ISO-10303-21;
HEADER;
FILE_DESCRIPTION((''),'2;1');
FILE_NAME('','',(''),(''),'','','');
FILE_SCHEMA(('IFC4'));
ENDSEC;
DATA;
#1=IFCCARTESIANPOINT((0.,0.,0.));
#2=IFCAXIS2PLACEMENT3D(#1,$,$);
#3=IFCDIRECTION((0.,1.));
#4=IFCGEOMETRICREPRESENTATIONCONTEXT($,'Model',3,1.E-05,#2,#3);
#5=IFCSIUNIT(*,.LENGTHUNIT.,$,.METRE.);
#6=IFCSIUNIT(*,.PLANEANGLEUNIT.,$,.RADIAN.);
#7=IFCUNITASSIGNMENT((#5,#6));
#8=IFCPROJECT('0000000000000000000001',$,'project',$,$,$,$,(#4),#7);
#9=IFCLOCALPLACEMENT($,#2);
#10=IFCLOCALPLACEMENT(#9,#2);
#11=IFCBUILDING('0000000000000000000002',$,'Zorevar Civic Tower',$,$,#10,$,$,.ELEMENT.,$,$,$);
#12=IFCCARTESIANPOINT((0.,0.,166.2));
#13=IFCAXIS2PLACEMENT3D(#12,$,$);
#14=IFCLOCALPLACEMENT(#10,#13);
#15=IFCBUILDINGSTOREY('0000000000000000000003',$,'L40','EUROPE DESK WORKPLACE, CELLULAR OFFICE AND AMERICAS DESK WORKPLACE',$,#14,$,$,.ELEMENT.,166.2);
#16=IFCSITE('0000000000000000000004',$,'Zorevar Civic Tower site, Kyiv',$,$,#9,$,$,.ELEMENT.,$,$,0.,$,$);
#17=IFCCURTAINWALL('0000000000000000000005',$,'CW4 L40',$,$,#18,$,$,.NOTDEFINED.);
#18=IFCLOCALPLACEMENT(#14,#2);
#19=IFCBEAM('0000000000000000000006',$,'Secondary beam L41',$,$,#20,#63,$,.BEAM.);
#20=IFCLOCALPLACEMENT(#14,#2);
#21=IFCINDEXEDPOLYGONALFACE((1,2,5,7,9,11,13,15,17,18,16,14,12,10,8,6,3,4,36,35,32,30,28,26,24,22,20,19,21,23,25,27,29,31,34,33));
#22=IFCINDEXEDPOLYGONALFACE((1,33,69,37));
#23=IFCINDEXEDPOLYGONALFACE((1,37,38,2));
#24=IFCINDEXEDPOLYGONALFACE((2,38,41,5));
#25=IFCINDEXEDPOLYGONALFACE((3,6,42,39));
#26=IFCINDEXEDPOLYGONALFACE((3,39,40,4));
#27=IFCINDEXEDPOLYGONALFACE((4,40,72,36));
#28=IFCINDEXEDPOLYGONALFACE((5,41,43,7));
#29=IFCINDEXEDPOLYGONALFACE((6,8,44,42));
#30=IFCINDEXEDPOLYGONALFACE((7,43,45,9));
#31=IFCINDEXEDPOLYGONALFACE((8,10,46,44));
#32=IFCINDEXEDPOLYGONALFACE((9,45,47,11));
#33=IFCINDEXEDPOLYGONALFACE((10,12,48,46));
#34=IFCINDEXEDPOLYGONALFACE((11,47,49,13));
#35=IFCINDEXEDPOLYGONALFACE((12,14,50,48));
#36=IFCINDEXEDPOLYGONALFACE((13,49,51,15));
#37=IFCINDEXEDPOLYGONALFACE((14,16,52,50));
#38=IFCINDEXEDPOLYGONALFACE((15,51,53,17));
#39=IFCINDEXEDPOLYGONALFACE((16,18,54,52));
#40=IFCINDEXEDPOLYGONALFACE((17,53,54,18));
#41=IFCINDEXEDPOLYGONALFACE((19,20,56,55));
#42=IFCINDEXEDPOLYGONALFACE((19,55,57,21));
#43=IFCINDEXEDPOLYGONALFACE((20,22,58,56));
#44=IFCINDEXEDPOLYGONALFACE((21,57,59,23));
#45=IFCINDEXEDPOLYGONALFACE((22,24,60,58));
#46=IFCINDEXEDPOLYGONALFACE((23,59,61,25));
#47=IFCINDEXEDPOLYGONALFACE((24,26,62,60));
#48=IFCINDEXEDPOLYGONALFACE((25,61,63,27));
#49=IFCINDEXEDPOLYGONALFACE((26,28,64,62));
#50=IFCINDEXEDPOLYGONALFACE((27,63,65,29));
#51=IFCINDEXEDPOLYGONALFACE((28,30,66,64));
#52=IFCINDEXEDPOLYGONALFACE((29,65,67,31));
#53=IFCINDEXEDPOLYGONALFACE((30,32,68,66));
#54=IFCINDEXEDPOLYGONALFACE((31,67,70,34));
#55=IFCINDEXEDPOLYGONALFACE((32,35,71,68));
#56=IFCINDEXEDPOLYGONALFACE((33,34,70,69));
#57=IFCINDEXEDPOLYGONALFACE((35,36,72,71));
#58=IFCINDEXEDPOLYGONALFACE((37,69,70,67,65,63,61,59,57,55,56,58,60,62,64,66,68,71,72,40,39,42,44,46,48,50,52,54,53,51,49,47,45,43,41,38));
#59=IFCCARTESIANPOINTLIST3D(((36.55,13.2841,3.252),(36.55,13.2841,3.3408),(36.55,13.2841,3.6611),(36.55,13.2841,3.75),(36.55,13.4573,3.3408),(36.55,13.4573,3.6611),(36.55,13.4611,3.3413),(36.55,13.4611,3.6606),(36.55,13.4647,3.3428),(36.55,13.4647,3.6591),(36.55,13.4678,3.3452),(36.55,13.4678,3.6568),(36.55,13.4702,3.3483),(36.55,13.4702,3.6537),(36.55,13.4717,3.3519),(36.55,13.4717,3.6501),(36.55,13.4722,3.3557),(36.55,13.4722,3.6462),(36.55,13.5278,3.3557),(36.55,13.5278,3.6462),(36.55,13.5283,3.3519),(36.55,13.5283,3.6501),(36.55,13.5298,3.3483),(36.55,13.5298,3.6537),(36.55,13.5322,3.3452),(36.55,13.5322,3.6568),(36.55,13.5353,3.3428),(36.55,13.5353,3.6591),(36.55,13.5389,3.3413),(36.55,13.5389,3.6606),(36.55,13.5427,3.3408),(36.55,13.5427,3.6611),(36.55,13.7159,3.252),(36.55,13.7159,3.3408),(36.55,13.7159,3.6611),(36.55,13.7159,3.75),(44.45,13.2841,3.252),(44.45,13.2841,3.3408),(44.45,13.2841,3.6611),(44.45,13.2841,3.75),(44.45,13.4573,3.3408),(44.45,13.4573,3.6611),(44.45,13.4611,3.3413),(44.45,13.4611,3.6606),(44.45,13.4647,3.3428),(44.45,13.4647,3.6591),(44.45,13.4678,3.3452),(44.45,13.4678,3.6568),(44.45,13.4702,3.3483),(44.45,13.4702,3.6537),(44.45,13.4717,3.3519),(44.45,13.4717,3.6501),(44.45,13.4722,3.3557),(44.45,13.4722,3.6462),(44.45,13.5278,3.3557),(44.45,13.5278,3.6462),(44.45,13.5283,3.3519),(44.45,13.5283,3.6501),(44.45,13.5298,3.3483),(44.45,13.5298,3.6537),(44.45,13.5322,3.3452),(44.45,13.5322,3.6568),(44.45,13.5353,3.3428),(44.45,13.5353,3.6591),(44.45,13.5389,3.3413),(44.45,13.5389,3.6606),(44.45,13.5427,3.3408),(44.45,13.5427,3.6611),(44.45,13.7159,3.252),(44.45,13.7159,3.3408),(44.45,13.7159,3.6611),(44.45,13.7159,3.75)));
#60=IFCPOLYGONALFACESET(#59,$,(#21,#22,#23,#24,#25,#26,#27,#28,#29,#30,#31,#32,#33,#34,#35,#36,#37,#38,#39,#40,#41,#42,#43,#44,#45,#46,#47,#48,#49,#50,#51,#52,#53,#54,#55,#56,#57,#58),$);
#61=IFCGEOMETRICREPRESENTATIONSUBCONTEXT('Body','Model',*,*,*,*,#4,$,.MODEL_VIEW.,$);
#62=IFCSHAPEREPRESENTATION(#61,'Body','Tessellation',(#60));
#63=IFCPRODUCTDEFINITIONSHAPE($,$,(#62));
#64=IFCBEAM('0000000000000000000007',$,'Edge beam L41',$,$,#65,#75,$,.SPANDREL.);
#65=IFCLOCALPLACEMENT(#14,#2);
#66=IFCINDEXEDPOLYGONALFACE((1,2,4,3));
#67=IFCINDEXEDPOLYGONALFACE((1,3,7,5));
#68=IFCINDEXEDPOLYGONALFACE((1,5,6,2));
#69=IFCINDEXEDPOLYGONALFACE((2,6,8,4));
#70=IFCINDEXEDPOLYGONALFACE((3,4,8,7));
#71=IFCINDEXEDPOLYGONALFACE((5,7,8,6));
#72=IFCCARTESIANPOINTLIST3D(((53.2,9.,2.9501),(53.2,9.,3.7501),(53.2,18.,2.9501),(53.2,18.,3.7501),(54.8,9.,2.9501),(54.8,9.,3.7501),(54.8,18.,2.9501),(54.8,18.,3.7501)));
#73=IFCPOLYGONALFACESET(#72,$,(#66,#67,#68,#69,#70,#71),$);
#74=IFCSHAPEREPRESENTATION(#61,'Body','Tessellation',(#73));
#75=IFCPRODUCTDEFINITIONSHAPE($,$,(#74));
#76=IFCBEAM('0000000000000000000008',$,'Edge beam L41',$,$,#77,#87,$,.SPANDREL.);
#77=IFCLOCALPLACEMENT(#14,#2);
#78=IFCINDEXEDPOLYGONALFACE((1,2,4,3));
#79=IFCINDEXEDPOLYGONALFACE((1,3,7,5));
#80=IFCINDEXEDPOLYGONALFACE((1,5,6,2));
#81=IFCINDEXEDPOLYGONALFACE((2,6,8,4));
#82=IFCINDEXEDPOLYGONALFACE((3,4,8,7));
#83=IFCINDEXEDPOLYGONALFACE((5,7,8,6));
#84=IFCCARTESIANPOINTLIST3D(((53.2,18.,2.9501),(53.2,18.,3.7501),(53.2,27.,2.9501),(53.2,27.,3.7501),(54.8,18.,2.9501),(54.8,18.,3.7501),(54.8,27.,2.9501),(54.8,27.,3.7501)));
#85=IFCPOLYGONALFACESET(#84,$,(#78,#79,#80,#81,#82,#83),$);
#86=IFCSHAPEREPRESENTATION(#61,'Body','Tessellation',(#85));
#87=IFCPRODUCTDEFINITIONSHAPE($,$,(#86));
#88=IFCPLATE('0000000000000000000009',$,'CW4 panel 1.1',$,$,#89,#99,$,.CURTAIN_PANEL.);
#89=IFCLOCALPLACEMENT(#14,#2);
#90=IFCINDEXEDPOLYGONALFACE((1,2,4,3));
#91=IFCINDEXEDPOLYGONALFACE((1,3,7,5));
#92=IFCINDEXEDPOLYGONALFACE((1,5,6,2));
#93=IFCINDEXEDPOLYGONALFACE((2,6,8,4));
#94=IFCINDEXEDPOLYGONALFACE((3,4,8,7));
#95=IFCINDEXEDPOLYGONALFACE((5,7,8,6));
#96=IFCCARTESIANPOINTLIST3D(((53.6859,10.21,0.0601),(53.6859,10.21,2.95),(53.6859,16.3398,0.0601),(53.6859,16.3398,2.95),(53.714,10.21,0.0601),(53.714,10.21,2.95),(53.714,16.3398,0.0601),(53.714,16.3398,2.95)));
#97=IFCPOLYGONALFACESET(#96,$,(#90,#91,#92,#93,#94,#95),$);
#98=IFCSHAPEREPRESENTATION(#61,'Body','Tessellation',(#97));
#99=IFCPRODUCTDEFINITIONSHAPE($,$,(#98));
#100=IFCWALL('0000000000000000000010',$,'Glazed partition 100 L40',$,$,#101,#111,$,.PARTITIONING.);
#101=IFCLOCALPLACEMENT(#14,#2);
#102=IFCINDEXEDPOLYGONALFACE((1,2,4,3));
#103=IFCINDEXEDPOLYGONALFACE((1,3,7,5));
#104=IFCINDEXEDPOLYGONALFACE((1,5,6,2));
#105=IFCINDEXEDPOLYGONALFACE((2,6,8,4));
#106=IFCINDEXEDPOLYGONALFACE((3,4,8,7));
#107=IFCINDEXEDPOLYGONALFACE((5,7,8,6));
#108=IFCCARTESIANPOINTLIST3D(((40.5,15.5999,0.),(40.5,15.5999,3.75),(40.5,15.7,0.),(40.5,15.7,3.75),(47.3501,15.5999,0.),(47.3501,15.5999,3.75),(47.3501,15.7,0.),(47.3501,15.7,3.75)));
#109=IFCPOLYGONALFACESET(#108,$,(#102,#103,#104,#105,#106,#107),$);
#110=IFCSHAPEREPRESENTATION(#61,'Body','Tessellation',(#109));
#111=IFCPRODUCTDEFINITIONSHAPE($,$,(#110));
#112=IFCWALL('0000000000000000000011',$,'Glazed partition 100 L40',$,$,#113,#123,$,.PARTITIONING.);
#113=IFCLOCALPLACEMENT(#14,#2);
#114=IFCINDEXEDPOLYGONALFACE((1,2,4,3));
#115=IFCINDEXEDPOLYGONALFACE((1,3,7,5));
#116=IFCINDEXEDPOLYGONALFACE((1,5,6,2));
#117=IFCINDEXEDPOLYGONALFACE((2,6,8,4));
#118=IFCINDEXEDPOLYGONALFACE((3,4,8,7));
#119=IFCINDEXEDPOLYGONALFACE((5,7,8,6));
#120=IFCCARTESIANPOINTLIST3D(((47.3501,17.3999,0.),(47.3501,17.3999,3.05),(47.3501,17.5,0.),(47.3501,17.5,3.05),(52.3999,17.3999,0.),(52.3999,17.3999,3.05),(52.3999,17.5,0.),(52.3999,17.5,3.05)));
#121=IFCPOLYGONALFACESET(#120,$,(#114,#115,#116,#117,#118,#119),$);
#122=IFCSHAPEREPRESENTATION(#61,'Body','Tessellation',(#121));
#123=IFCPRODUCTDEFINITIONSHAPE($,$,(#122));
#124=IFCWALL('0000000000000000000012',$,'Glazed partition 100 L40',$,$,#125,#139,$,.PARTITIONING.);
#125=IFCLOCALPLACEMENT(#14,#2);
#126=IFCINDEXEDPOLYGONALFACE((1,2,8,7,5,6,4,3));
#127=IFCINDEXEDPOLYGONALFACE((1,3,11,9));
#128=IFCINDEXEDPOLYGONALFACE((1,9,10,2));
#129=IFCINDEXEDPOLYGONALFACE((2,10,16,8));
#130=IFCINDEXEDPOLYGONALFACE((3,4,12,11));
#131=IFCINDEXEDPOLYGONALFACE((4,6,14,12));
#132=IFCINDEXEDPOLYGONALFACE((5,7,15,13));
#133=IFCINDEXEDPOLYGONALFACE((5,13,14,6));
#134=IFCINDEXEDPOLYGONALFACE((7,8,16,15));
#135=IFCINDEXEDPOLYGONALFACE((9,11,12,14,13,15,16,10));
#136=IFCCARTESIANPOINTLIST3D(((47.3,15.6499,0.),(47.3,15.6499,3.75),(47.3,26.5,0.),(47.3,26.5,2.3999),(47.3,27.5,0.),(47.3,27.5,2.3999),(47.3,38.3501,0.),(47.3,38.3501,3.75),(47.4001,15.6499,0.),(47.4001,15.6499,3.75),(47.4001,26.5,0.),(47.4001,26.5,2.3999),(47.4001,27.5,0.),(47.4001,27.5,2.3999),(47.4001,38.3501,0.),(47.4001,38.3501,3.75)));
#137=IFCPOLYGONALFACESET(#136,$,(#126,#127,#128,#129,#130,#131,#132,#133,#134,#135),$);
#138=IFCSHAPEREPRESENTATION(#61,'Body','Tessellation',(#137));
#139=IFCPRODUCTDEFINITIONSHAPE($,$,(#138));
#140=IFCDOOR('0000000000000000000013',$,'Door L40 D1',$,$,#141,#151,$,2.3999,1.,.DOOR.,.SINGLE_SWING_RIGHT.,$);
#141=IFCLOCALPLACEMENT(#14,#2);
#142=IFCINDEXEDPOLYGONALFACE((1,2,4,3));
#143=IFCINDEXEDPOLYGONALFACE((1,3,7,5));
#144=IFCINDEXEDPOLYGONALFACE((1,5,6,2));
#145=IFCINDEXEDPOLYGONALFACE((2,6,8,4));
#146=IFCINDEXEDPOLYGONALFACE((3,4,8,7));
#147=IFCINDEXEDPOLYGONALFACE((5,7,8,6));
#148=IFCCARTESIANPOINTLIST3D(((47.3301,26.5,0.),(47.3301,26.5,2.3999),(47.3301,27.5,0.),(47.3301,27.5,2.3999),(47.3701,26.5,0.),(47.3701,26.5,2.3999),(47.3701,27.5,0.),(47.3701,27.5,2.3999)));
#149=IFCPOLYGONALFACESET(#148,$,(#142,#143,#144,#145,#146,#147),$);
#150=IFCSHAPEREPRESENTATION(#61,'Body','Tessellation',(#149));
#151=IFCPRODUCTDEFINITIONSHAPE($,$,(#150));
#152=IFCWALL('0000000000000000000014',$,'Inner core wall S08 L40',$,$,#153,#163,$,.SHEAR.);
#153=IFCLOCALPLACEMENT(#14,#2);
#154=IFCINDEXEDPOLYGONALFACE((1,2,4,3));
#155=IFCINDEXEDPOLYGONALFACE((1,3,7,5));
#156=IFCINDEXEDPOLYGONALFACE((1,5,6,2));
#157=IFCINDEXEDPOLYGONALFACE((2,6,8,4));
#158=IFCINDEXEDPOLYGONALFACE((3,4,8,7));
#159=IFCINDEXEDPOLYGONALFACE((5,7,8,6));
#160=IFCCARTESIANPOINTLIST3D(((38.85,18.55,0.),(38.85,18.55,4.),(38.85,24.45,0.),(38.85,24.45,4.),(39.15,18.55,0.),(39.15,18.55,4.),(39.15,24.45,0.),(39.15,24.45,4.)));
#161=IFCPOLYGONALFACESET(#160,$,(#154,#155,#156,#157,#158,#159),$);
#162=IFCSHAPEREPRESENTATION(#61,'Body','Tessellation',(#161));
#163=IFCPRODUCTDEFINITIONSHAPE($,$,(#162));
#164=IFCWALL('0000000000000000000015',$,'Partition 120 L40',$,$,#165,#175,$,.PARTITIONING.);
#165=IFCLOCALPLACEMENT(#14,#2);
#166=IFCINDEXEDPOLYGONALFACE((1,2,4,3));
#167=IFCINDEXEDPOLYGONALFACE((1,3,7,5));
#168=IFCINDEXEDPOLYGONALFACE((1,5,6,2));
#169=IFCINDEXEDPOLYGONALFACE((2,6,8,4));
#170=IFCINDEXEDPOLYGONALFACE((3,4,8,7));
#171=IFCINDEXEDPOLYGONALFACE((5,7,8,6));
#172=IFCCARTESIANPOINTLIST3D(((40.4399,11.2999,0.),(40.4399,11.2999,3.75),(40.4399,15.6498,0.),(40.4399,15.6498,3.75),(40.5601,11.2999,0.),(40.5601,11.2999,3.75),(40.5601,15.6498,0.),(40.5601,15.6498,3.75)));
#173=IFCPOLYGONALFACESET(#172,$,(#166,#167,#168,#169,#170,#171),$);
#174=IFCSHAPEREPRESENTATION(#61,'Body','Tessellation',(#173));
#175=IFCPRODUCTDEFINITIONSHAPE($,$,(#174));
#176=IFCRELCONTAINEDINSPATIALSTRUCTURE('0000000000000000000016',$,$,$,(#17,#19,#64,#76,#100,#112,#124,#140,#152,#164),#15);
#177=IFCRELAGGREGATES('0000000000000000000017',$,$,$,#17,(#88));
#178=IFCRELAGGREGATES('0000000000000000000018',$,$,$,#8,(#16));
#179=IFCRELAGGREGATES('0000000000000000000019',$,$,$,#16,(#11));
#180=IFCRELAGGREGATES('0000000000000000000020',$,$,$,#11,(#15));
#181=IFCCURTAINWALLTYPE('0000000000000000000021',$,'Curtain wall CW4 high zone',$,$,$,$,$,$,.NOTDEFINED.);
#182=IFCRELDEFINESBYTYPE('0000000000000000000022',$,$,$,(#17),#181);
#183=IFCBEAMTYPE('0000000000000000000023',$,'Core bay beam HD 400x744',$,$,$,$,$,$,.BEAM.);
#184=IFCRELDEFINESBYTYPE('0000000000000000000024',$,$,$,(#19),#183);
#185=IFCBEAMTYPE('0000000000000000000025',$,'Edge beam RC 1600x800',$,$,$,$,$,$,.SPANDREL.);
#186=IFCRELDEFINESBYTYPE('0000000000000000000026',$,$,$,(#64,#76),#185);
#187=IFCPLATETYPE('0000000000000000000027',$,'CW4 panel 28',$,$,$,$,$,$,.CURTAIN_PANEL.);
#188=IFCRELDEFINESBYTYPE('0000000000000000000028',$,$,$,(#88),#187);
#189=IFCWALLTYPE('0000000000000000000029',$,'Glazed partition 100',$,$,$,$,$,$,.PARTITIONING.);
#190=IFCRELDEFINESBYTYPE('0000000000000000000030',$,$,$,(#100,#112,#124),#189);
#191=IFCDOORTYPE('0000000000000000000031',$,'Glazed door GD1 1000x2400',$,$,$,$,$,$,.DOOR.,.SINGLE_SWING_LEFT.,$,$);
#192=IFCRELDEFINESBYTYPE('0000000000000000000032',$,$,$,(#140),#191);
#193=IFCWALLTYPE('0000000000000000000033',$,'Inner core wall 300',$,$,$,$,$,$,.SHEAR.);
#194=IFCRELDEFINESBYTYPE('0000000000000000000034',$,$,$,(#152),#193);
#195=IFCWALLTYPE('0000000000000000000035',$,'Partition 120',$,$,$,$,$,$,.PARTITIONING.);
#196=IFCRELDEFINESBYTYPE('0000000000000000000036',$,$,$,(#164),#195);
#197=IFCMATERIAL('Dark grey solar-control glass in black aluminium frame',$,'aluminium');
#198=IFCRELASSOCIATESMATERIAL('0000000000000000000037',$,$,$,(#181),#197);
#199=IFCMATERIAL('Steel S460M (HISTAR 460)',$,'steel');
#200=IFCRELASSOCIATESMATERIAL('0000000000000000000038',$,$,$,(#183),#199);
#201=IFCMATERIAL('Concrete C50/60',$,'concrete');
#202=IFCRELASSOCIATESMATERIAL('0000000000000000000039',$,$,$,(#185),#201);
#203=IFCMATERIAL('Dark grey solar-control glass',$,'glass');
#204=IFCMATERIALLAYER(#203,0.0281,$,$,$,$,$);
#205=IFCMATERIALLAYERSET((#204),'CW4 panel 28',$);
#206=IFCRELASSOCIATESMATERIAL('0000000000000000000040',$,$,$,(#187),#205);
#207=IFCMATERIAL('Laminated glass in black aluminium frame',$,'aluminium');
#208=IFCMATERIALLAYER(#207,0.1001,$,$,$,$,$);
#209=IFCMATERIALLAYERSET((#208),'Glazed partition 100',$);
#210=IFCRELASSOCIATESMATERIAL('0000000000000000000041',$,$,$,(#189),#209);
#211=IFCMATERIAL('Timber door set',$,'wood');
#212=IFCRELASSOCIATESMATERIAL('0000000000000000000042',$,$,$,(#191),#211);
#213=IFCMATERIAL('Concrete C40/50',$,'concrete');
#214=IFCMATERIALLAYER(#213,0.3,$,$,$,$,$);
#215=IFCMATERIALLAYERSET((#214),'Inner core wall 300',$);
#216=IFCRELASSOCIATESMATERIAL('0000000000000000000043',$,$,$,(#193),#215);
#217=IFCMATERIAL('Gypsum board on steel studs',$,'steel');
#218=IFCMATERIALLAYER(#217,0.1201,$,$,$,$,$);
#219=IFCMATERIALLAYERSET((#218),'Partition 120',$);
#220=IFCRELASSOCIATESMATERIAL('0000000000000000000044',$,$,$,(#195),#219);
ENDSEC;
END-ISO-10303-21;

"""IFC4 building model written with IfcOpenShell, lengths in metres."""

from ifc_helpers import new_model, si_unit, direction, frame, frame_2d, origin, origin_2d, place, context, subcontext, project, spatial, rectangle, i_section, extrude, material, layer, layer_set, material_profile, profile_set, type_object, element, fill, aggregate, save


model = new_model("IFC4")

# Units and contexts
model_context = context("Model", 3, precision=1e-05, world=origin(), true_north=direction((0.0, 1.0)))
body_context = subcontext(model_context, "Body", "Model", "MODEL_VIEW")
ifc_project = project(units=[si_unit("LENGTHUNIT", "METRE"), si_unit("PLANEANGLEUNIT", "RADIAN")], contexts=[model_context])

# Site, building, storey
site_placement = place(None, origin())
site = spatial("IfcSite", under=ifc_project, at=site_placement, Name="Zorevar Civic Tower site, Kyiv", CompositionType="ELEMENT", RefElevation=0.0)
building_placement = place(site_placement, origin())
building = spatial("IfcBuilding", under=site, at=building_placement, Name="Zorevar Civic Tower", CompositionType="ELEMENT")
storey_placement = place(building_placement, frame((0.0, 0.0, 166.2)))
storey = spatial("IfcBuildingStorey", under=building, at=storey_placement, Name="L40", Description="EUROPE DESK WORKPLACE, CELLULAR OFFICE AND AMERICAS DESK WORKPLACE", CompositionType="ELEMENT", Elevation=166.2)

# Curtain wall
ifc_material_1 = material(Name="Dark grey solar-control glass in black aluminium frame", Category="aluminium")
curtain_wall_type = type_object("IfcCurtainWallType", Name="Curtain wall CW4 high zone", PredefinedType="NOTDEFINED", material=ifc_material_1)
curtain_wall_1_placement = place(storey_placement, origin())
curtain_wall_1 = element("IfcCurtainWall", 1, at=curtain_wall_1_placement, inside=storey, type_object=curtain_wall_type, Name="CW4 L40", PredefinedType="NOTDEFINED")

# Beams
ifc_material_2 = material(Name="Steel S460M (HISTAR 460)", Category="steel")
ifc_material_profile_1 = material_profile(ifc_material_2, i_section(OverallWidth=0.4319, OverallDepth=0.498, WebThickness=0.0557, FlangeThickness=0.0889, FilletRadius=0.0149, at=origin_2d()), Name="HD 400x744")
ifc_profile_set_1 = profile_set([ifc_material_profile_1], Name="Steel S460M (HISTAR 460)")
beam_type_1 = type_object("IfcBeamType", Name="Core bay beam HD 400x744", PredefinedType="BEAM", material=ifc_profile_set_1)
beam_1_placement = place(storey_placement, frame((36.55, 13.5, 3.501), z_axis=(1.0, 0.0, 0.0), x_axis=(0.0, 1.0, 0.0)))
element("IfcBeam", 2, at=beam_1_placement, inside=storey, type_object=beam_type_1, Name="Secondary beam L41", PredefinedType="BEAM", context=body_context, shape_type="SweptSolid", body=[
    extrude(i_section(OverallWidth=0.4319, OverallDepth=0.498, WebThickness=0.0557, FlangeThickness=0.0889, FilletRadius=0.0149, at=origin_2d()), origin(), (0.0, 0.0, 1.0), 7.8999),
])
ifc_material_3 = material(Name="Concrete C50/60", Category="concrete")
ifc_material_profile_2 = material_profile(ifc_material_3, rectangle(XDim=1.6001, YDim=0.8, at=origin_2d()), Name="RC 1600x800")
ifc_profile_set_2 = profile_set([ifc_material_profile_2], Name="Concrete C50/60")
beam_type_2 = type_object("IfcBeamType", Name="Edge beam RC 1600x800", PredefinedType="SPANDREL", material=ifc_profile_set_2)
for number, where, z_axis, x_axis, name in (
    (3, (54.0, 9.0, 3.3501), (0.0, 1.0, 0.0), (-1.0, 0.0, 0.0), "Edge beam L41"),
    (4, (54.0, 18.0, 3.3501), (0.0, 1.0, 0.0), (-1.0, 0.0, 0.0), "Edge beam L41"),
):
    element("IfcBeam", number, at=place(storey_placement, frame(where, z_axis=z_axis, x_axis=x_axis)), inside=storey, type_object=beam_type_2, Name=name, PredefinedType="SPANDREL", context=body_context, shape_type="SweptSolid", body=[
        extrude(rectangle(XDim=1.6001, YDim=0.8, at=origin_2d()), origin(), (0.0, 0.0, 1.0), 9.0),
    ])

# Plate
ifc_material_4 = material(Name="Dark grey solar-control glass", Category="glass")
ifc_layer_1 = layer(ifc_material_4, 0.0281)
ifc_layer_set_1 = layer_set([ifc_layer_1], Name="CW4 panel 28")
plate_type = type_object("IfcPlateType", Name="CW4 panel 28", PredefinedType="CURTAIN_PANEL", material=ifc_layer_set_1)
plate_placement = place(storey_placement, frame((53.7, 13.2749, 0.0601), z_axis=(0.0, 0.0, 1.0), x_axis=(0.0, 1.0, 0.0)))
plate = element("IfcPlate", 5, at=plate_placement, type_object=plate_type, Name="CW4 panel 1.1", PredefinedType="CURTAIN_PANEL", context=body_context, shape_type="SweptSolid", body=[
    extrude(rectangle(XDim=6.1299, YDim=0.0281, at=origin_2d()), origin(), (0.0, 0.0, 1.0), 2.8899),
])
aggregate(curtain_wall_1, [plate])

# Walls
ifc_material_5 = material(Name="Laminated glass in black aluminium frame", Category="aluminium")
ifc_layer_2 = layer(ifc_material_5, 0.1001)
ifc_layer_set_2 = layer_set([ifc_layer_2], Name="Glazed partition 100")
wall_type_1 = type_object("IfcWallType", Name="Glazed partition 100", PredefinedType="PARTITIONING", material=ifc_layer_set_2)
wall_1_placement = place(storey_placement, frame((40.5, 15.6499, 0.0), z_axis=(0.0, 0.0, 1.0), x_axis=(1.0, 0.0, 0.0)))
element("IfcWall", 6, at=wall_1_placement, inside=storey, type_object=wall_type_1, Name="Glazed partition 100 L40", PredefinedType="PARTITIONING", context=body_context, shape_type="SweptSolid", body=[
    extrude(rectangle(XDim=6.8501, YDim=0.1001, at=frame_2d((3.425, 0.0))), origin(), (0.0, 0.0, 1.0), 3.75),
])
wall_2_placement = place(storey_placement, frame((47.3501, 17.45, 0.0), z_axis=(0.0, 0.0, 1.0), x_axis=(1.0, 0.0, 0.0)))
element("IfcWall", 7, at=wall_2_placement, inside=storey, type_object=wall_type_1, Name="Glazed partition 100 L40", PredefinedType="PARTITIONING", context=body_context, shape_type="SweptSolid", body=[
    extrude(rectangle(XDim=5.0498, YDim=0.1001, at=frame_2d((2.5249, 0.0))), origin(), (0.0, 0.0, 1.0), 3.05),
])

# Wall, opening, door
wall_3_placement = place(storey_placement, frame((47.3501, 15.6499, 0.0), z_axis=(0.0, 0.0, 1.0), x_axis=(0.0, 1.0, 0.0)))
wall_3 = element("IfcWall", 8, at=wall_3_placement, inside=storey, type_object=wall_type_1, Name="Glazed partition 100 L40", PredefinedType="PARTITIONING", context=body_context, shape_type="SweptSolid", body=[
    extrude(rectangle(XDim=22.7002, YDim=0.1001, at=frame_2d((11.3501, 0.0))), origin(), (0.0, 0.0, 1.0), 3.75),
])
opening_1_placement = place(wall_3_placement, frame((10.8501, 0.0, 0.0)))
opening_1 = element("IfcOpeningElement", 9, at=opening_1_placement, cuts=wall_3, PredefinedType="OPENING", context=body_context, shape_type="SweptSolid", body=[
    extrude(rectangle(XDim=1.0, YDim=2.3999, at=frame_2d((0.5, 1.2))), frame((0.0, 0.0601, 0.0), z_axis=(0.0, -1.0, 0.0), x_axis=(1.0, 0.0, 0.0)), (0.0, 0.0, 1.0), 0.1201),
])
ifc_material_6 = material(Name="Timber door set", Category="wood")
door_type_1 = type_object("IfcDoorType", Name="Glazed door GD1 1000x2400", OperationType="SINGLE_SWING_LEFT", PredefinedType="DOOR", material=ifc_material_6)
door_1_placement = place(opening_1_placement, origin())
door_1 = element("IfcDoor", 10, at=door_1_placement, inside=storey, type_object=door_type_1, Name="Door L40 D1", OperationType="SINGLE_SWING_RIGHT", OverallHeight=2.3999, OverallWidth=1.0, PredefinedType="DOOR", context=body_context, shape_type="SweptSolid", body=[
    extrude(rectangle(XDim=1.0, YDim=2.3999, at=frame_2d((0.5, 1.2))), frame((0.0, 0.02, 0.0), z_axis=(0.0, -1.0, 0.0), x_axis=(1.0, 0.0, 0.0)), (0.0, 0.0, 1.0), 0.04),
])
fill(opening_1, door_1)

# Walls
ifc_material_7 = material(Name="Concrete C40/50", Category="concrete")
ifc_layer_3 = layer(ifc_material_7, 0.3)
ifc_layer_set_3 = layer_set([ifc_layer_3], Name="Inner core wall 300")
wall_type_2 = type_object("IfcWallType", Name="Inner core wall 300", PredefinedType="SHEAR", material=ifc_layer_set_3)
wall_4_placement = place(storey_placement, frame((39.0, 18.55, 0.0), z_axis=(0.0, 0.0, 1.0), x_axis=(0.0, 1.0, 0.0)))
element("IfcWall", 11, at=wall_4_placement, inside=storey, type_object=wall_type_2, Name="Inner core wall S08 L40", PredefinedType="SHEAR", context=body_context, shape_type="SweptSolid", body=[
    extrude(rectangle(XDim=5.8999, YDim=0.3, at=frame_2d((2.95, 0.0))), origin(), (0.0, 0.0, 1.0), 4.0),
])
ifc_material_8 = material(Name="Gypsum board on steel studs", Category="steel")
ifc_layer_4 = layer(ifc_material_8, 0.1201)
ifc_layer_set_4 = layer_set([ifc_layer_4], Name="Partition 120")
wall_type_3 = type_object("IfcWallType", Name="Partition 120", PredefinedType="PARTITIONING", material=ifc_layer_set_4)
wall_5_placement = place(storey_placement, frame((40.5, 11.3, 0.0), z_axis=(0.0, 0.0, 1.0), x_axis=(0.0, 1.0, 0.0)))
element("IfcWall", 12, at=wall_5_placement, inside=storey, type_object=wall_type_3, Name="Partition 120 L40", PredefinedType="PARTITIONING", context=body_context, shape_type="SweptSolid", body=[
    extrude(rectangle(XDim=4.3499, YDim=0.1201, at=frame_2d((2.1748, 0.0))), origin(), (0.0, 0.0, 1.0), 3.75),
])

save(model, "model.ifc")
